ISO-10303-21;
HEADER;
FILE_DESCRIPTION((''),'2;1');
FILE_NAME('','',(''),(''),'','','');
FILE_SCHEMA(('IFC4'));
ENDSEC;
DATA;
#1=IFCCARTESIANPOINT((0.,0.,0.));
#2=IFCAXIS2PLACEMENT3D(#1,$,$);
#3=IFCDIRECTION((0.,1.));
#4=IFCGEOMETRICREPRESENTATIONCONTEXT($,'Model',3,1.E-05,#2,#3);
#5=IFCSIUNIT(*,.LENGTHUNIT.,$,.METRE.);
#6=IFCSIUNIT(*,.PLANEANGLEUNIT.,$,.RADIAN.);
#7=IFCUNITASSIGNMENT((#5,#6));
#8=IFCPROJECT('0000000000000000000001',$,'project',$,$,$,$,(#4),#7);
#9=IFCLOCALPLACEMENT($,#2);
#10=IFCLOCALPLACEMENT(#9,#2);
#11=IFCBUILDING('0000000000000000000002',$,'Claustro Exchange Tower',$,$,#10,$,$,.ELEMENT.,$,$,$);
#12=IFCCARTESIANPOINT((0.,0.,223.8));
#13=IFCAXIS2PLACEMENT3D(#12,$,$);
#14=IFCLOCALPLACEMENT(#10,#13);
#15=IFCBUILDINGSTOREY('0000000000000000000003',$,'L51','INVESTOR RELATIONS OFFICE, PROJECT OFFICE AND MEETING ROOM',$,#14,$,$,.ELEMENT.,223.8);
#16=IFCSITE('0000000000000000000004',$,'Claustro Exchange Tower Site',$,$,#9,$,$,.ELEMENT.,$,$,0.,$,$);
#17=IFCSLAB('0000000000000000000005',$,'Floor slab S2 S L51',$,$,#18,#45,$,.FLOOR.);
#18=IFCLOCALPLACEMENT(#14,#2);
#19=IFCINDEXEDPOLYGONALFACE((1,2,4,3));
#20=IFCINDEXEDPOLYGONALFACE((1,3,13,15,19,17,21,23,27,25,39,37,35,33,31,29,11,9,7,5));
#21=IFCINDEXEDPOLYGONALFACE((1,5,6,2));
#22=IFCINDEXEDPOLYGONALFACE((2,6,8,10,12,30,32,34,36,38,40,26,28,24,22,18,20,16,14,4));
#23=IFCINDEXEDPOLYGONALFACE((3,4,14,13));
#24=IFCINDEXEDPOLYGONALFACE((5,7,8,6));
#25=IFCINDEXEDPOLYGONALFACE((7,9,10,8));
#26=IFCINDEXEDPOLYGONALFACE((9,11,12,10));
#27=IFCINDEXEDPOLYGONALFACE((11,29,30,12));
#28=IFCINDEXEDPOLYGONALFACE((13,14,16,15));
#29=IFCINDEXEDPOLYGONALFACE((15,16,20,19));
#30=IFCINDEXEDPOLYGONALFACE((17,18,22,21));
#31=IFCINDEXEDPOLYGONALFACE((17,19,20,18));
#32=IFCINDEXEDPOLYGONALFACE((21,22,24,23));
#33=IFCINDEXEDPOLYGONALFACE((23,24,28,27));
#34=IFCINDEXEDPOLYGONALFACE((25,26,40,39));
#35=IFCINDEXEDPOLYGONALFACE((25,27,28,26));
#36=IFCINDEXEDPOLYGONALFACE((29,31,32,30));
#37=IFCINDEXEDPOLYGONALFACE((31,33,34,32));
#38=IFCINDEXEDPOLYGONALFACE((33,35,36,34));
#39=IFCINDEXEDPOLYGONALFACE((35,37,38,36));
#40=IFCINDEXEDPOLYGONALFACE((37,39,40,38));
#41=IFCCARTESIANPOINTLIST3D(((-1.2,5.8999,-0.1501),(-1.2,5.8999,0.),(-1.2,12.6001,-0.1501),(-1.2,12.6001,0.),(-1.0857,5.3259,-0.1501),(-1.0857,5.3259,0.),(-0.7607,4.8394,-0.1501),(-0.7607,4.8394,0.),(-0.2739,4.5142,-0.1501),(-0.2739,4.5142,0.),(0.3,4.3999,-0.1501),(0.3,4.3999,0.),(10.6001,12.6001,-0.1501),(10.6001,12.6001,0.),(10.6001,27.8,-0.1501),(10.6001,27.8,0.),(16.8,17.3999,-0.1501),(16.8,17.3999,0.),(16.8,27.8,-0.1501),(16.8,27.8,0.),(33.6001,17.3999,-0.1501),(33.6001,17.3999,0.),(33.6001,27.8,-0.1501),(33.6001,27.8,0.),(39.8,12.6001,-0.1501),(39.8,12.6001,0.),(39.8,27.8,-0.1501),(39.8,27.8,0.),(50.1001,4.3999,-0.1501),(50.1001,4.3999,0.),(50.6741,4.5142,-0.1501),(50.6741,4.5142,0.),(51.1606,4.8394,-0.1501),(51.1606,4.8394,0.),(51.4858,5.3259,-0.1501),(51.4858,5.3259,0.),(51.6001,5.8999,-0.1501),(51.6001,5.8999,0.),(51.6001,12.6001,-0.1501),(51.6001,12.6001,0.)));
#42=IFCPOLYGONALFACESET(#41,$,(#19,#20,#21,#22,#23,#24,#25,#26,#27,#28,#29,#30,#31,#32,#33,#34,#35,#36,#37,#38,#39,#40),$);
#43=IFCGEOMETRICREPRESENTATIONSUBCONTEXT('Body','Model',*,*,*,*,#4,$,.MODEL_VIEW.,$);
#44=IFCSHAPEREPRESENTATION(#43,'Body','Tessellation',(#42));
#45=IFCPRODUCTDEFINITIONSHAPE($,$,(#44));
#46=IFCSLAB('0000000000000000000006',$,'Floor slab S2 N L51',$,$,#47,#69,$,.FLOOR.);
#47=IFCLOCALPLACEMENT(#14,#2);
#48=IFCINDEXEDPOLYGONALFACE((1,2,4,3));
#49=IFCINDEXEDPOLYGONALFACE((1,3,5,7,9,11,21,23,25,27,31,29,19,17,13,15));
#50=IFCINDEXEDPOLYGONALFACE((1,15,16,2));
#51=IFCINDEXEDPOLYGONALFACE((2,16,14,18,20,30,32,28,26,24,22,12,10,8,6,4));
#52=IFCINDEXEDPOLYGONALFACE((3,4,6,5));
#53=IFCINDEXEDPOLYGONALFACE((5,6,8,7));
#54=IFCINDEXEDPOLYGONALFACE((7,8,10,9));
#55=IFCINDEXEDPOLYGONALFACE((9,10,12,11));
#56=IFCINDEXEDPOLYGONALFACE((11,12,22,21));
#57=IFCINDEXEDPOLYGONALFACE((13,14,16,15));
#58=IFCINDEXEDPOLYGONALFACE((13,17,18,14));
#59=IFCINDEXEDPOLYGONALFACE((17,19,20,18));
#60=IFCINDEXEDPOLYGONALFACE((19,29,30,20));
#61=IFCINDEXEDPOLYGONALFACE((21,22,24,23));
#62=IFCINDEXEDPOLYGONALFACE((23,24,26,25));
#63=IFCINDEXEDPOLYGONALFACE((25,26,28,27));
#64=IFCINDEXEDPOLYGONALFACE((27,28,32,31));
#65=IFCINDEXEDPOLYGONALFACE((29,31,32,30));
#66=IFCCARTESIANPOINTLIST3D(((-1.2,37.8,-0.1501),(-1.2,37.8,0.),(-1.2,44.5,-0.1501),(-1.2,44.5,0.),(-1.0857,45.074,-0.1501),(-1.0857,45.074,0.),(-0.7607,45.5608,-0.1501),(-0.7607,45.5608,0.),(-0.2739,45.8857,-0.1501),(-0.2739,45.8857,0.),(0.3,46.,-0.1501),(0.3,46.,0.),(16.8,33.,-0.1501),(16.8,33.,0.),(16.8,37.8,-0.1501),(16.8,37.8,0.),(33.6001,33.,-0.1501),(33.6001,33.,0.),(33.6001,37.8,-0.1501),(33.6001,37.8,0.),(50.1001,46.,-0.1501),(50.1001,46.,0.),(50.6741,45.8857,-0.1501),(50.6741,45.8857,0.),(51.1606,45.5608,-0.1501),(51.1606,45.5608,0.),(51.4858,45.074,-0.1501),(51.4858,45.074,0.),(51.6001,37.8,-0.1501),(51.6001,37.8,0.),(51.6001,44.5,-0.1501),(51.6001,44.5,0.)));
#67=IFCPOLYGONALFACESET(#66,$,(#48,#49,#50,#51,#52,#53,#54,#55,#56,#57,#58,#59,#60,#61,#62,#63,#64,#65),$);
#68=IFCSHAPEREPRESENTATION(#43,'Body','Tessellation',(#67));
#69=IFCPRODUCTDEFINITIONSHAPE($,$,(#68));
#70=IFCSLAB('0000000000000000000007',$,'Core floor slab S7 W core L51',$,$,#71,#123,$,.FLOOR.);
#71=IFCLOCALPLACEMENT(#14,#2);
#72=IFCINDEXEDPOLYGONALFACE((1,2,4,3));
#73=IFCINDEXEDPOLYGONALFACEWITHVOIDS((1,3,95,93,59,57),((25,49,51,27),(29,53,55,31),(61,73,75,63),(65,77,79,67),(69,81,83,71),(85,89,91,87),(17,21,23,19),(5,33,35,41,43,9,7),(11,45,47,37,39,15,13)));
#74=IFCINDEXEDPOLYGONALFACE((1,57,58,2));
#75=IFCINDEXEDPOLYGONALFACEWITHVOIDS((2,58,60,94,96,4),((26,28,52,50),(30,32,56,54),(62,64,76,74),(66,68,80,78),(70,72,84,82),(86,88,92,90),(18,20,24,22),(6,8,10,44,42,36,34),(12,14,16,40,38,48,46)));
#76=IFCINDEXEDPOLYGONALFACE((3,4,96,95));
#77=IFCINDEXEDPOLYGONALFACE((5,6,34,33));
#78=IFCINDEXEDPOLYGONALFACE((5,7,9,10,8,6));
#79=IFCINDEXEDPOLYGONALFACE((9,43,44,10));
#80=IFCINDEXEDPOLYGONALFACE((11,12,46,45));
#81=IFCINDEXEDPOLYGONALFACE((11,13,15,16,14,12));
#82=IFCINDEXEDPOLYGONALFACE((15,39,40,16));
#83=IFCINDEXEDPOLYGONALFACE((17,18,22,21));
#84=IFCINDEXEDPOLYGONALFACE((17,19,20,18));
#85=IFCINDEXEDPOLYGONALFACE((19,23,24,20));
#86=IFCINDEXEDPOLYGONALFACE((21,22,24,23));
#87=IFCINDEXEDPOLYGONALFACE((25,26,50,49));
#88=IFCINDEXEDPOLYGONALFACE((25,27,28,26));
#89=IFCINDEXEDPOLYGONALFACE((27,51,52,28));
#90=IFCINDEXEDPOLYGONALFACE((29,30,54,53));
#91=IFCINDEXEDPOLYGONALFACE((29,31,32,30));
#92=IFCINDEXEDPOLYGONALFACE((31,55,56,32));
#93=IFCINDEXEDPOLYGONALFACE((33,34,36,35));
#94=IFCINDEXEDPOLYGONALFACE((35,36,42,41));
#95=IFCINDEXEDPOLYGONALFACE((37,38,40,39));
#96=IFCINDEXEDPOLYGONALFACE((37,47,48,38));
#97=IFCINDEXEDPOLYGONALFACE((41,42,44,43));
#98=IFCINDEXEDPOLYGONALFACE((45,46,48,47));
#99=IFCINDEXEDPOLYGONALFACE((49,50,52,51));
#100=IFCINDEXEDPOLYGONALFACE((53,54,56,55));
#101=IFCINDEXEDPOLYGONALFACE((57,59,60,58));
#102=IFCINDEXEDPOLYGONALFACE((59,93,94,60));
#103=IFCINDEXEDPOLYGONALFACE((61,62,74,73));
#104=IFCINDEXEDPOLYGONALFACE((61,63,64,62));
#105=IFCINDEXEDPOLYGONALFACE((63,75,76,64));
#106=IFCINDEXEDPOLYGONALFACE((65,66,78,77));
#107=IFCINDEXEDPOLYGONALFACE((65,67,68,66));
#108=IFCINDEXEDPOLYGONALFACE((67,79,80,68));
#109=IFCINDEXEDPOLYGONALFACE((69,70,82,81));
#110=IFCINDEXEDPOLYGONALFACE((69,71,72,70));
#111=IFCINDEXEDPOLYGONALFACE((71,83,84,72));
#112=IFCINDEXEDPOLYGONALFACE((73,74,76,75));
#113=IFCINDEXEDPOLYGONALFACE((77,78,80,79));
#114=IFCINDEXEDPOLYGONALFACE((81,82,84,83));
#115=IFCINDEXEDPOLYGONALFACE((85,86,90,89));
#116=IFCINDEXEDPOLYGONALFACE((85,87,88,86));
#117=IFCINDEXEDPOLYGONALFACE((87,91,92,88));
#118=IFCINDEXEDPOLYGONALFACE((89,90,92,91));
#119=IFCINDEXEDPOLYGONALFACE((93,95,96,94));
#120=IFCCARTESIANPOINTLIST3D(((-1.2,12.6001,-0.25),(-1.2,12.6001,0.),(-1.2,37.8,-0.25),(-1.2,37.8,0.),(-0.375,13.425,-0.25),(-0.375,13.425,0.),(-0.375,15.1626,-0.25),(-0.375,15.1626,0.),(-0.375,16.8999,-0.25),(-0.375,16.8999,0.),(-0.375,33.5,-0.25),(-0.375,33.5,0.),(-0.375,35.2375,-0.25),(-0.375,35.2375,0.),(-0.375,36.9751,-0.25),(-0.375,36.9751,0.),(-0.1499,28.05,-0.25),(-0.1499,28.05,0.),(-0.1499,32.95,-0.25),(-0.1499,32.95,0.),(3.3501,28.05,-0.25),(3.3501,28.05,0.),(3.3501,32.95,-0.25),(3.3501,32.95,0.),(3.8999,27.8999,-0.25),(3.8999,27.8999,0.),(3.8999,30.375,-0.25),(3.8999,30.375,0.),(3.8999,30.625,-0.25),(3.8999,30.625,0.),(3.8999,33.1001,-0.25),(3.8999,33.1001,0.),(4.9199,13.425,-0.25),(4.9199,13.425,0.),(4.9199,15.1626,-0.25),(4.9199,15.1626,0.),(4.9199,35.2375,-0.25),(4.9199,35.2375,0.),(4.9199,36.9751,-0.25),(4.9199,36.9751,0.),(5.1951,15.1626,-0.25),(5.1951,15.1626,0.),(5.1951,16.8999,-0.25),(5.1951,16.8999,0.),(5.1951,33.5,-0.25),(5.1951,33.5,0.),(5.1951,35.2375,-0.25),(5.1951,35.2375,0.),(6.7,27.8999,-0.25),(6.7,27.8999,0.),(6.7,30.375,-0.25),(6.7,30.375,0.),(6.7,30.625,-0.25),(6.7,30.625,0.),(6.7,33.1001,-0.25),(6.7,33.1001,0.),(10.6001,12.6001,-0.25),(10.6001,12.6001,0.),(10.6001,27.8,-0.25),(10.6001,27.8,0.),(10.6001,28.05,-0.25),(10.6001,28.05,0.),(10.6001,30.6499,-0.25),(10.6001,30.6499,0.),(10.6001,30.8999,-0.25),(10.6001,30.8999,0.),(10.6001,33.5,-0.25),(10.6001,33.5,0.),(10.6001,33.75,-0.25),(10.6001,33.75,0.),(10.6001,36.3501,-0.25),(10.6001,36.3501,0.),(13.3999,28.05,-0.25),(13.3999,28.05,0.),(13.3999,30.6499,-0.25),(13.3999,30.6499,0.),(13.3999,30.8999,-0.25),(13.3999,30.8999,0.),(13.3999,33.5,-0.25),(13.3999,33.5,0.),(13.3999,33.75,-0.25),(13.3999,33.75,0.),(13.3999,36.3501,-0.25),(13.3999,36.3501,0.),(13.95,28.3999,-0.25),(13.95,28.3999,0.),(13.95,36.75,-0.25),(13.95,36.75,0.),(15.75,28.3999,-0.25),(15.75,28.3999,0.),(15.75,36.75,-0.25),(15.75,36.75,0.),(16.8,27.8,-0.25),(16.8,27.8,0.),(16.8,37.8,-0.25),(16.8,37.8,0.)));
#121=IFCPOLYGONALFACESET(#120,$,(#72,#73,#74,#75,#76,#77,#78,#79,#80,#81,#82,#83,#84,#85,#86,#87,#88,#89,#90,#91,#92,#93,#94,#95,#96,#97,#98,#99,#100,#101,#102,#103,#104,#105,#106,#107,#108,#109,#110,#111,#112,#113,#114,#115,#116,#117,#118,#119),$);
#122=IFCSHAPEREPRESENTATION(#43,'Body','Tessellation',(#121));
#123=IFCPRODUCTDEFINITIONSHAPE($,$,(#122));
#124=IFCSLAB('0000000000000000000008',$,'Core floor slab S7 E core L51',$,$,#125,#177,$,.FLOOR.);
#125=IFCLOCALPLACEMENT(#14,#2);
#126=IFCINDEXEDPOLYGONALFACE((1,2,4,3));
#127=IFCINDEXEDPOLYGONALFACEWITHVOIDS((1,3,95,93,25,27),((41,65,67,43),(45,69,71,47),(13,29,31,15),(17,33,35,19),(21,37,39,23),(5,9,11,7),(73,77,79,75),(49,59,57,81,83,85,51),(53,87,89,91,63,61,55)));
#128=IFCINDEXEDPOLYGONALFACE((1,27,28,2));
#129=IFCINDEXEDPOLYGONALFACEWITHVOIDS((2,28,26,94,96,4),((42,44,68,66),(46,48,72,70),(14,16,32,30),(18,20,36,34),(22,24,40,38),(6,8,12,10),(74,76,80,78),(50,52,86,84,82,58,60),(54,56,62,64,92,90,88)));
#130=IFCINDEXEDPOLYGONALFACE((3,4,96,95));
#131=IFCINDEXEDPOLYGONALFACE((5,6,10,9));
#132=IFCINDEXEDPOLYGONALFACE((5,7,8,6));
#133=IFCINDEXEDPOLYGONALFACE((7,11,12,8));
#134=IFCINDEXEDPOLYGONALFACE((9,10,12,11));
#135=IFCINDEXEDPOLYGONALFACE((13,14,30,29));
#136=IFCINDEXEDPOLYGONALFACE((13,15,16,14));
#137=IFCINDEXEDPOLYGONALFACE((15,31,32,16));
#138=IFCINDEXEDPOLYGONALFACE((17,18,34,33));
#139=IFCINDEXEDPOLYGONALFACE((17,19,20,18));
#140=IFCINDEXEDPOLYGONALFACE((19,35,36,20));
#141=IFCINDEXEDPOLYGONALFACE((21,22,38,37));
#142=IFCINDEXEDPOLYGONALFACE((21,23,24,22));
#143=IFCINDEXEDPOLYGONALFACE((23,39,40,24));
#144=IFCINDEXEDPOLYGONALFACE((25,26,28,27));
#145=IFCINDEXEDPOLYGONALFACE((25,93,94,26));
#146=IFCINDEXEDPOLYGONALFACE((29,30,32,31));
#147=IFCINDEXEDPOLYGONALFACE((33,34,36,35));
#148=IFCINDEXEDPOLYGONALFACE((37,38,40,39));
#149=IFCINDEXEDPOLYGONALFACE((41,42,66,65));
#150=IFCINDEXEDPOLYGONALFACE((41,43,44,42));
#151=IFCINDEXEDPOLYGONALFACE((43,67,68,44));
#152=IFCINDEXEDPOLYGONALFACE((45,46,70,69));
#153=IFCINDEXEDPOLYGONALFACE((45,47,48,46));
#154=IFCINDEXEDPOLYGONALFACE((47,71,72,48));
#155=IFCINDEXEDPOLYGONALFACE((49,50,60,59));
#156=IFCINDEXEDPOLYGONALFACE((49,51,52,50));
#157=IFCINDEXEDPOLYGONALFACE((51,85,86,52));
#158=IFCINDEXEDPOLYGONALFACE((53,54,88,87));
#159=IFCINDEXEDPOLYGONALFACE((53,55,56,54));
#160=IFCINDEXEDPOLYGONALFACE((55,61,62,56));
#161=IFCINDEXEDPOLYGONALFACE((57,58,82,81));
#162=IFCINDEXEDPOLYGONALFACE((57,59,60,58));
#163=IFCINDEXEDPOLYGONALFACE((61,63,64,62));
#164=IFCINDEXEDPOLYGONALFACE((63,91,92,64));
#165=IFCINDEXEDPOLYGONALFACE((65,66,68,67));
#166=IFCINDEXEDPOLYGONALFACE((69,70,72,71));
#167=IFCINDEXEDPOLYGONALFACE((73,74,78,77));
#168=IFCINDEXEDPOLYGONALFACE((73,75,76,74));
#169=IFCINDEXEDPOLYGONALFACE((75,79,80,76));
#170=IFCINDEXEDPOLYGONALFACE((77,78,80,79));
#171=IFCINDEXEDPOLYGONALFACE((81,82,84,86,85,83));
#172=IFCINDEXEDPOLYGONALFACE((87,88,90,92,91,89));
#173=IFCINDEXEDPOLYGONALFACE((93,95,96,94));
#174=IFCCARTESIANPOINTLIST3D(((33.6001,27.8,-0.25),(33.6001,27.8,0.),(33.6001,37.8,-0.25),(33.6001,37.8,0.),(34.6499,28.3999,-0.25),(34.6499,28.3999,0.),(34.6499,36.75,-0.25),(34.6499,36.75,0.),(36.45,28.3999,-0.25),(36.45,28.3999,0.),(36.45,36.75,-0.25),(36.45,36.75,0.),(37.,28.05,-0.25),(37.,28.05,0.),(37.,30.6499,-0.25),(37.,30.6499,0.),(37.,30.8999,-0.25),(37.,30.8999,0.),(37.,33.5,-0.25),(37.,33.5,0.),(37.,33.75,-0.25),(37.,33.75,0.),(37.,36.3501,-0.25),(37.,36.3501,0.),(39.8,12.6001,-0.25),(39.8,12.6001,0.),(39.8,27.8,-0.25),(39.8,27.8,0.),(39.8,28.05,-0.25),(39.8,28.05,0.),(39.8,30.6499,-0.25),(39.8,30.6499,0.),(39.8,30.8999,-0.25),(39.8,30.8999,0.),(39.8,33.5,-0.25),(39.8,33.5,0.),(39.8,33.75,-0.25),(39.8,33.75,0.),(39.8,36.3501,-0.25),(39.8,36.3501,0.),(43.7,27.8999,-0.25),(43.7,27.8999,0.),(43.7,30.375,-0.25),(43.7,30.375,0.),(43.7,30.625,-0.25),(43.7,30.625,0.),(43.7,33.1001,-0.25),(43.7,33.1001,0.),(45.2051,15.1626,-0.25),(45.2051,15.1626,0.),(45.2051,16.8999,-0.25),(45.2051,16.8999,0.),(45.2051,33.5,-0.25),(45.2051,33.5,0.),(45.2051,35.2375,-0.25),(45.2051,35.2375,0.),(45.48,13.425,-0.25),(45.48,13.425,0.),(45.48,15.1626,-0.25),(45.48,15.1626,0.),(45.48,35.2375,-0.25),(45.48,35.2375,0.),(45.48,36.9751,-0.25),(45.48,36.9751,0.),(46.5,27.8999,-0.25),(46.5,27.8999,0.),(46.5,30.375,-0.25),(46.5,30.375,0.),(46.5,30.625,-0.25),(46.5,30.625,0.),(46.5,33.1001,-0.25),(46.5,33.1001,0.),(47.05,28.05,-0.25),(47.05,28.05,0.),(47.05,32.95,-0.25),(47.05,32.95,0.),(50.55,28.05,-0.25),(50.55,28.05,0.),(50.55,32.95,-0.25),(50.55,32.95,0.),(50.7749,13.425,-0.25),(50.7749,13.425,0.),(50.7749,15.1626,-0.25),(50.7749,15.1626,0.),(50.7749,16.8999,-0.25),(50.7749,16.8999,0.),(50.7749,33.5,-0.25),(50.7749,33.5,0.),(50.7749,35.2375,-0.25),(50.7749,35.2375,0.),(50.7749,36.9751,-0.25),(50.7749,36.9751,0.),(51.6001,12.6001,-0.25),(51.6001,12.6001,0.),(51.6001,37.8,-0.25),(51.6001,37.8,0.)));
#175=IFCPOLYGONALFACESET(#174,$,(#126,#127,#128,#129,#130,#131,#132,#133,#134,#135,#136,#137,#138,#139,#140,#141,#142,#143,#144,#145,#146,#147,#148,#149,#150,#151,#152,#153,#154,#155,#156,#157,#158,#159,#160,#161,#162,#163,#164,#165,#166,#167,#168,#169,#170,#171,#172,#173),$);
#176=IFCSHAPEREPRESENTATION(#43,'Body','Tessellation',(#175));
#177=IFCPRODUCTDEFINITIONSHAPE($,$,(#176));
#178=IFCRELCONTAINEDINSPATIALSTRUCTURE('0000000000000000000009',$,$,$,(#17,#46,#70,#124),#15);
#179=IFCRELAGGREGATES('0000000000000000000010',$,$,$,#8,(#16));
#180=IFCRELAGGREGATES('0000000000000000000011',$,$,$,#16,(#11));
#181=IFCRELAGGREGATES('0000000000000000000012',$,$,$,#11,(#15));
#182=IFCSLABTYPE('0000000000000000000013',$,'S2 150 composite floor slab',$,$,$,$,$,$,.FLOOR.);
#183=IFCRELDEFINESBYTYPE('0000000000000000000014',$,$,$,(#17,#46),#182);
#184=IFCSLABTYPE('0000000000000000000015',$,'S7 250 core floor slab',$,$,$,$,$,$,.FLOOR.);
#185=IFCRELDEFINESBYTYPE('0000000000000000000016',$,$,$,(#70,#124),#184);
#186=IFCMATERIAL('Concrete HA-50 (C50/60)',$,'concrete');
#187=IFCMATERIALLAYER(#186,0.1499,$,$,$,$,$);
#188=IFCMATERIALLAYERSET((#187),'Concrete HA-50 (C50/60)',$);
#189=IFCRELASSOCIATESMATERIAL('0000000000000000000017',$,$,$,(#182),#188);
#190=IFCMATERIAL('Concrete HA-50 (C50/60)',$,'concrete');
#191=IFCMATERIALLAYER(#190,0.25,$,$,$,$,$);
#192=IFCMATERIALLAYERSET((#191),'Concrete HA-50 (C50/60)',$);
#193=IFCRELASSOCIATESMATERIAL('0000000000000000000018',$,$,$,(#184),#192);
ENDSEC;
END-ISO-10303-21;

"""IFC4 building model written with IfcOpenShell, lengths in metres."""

from ifc_helpers import new_model, si_unit, direction, frame, origin, place, context, subcontext, project, spatial, polyline, outline, extrude, material, layer, layer_set, type_object, element, save


model = new_model("IFC4")

# Units and contexts
model_context = context("Model", 3, precision=1e-05, world=origin(), true_north=direction((0.0, 1.0)))
body_context = subcontext(model_context, "Body", "Model", "MODEL_VIEW")
ifc_project = project(units=[si_unit("LENGTHUNIT", "METRE"), si_unit("PLANEANGLEUNIT", "RADIAN")], contexts=[model_context])

# Site, building, storey
site_placement = place(None, origin())
site = spatial("IfcSite", under=ifc_project, at=site_placement, Name="Claustro Exchange Tower Site", CompositionType="ELEMENT", RefElevation=0.0)
building_placement = place(site_placement, origin())
building = spatial("IfcBuilding", under=site, at=building_placement, Name="Claustro Exchange Tower", CompositionType="ELEMENT")
storey_placement = place(building_placement, frame((0.0, 0.0, 223.8)))
storey = spatial("IfcBuildingStorey", under=building, at=storey_placement, Name="L51", Description="INVESTOR RELATIONS OFFICE, PROJECT OFFICE AND MEETING ROOM", CompositionType="ELEMENT", Elevation=223.8)

# Slabs
ifc_material_1 = material(Name="Concrete HA-50 (C50/60)", Category="concrete")
ifc_layer_1 = layer(ifc_material_1, 0.1499)
ifc_layer_set_1 = layer_set([ifc_layer_1], Name="Concrete HA-50 (C50/60)")
slab_type_1 = type_object("IfcSlabType", Name="S2 150 composite floor slab", PredefinedType="FLOOR", material=ifc_layer_set_1)
slab_1_placement = place(storey_placement, frame((0.0, 0.0, -0.1501)))
element("IfcSlab", 1, at=slab_1_placement, inside=storey, type_object=slab_type_1, Name="Floor slab S2 S L51", PredefinedType="FLOOR", context=body_context, shape_type="SweptSolid", body=[
    extrude(outline(polyline([(-0.2739, 4.5142), (0.3, 4.3999), (50.1001, 4.3999), (50.6741, 4.5142), (51.1606, 4.8394), (51.4858, 5.3259), (51.6001, 5.8999), (51.6001, 12.6001), (39.8, 12.6001), (39.8, 27.8), (33.6001, 27.8), (33.6001, 17.3999), (16.8, 17.3999), (16.8, 27.8), (10.6001, 27.8), (10.6001, 12.6001), (-1.2, 12.6001), (-1.2, 5.8999), (-1.0857, 5.3259), (-0.7607, 4.8394), (-0.2739, 4.5142)])), origin(), (0.0, 0.0, 1.0), 0.1501),
])
slab_2_placement = place(storey_placement, frame((0.0, 0.0, -0.1501)))
element("IfcSlab", 2, at=slab_2_placement, inside=storey, type_object=slab_type_1, Name="Floor slab S2 N L51", PredefinedType="FLOOR", context=body_context, shape_type="SweptSolid", body=[
    extrude(outline(polyline([(16.8, 37.8), (16.8, 33.0), (33.6001, 33.0), (33.6001, 37.8), (51.6001, 37.8), (51.6001, 44.5), (51.4858, 45.074), (51.1606, 45.5608), (50.6741, 45.8857), (50.1001, 46.0), (0.3, 46.0), (-0.2739, 45.8857), (-0.7607, 45.5608), (-1.0857, 45.074), (-1.2, 44.5), (-1.2, 37.8), (16.8, 37.8)])), origin(), (0.0, 0.0, 1.0), 0.1501),
])
ifc_material_2 = material(Name="Concrete HA-50 (C50/60)", Category="concrete")
ifc_layer_2 = layer(ifc_material_2, 0.25)
ifc_layer_set_2 = layer_set([ifc_layer_2], Name="Concrete HA-50 (C50/60)")
slab_type_2 = type_object("IfcSlabType", Name="S7 250 core floor slab", PredefinedType="FLOOR", material=ifc_layer_set_2)
slab_3_placement = place(storey_placement, frame((0.0, 0.0, -0.25)))
element("IfcSlab", 3, at=slab_3_placement, inside=storey, type_object=slab_type_2, Name="Core floor slab S7 W core L51", PredefinedType="FLOOR", context=body_context, shape_type="SweptSolid", body=[
    extrude(outline(polyline([(-1.2, 37.8), (-1.2, 12.6001), (10.6001, 12.6001), (10.6001, 27.8), (16.8, 27.8), (16.8, 37.8), (-1.2, 37.8)]), holes=[polyline([(13.95, 36.75), (15.75, 36.75), (15.75, 28.3999), (13.95, 28.3999), (13.95, 36.75)]), polyline([(10.6001, 30.6499), (13.3999, 30.6499), (13.3999, 28.05), (10.6001, 28.05), (10.6001, 30.6499)]), polyline([(10.6001, 33.5), (13.3999, 33.5), (13.3999, 30.8999), (10.6001, 30.8999), (10.6001, 33.5)]), polyline([(13.3999, 36.3501), (13.3999, 33.75), (10.6001, 33.75), (10.6001, 36.3501), (13.3999, 36.3501)]), polyline([(3.8999, 30.375), (6.7, 30.375), (6.7, 27.8999), (3.8999, 27.8999), (3.8999, 30.375)]), polyline([(3.8999, 33.1001), (6.7, 33.1001), (6.7, 30.625), (3.8999, 30.625), (3.8999, 33.1001)]), polyline([(-0.375, 15.1626), (-0.375, 16.8999), (5.1951, 16.8999), (5.1951, 15.1626), (4.9199, 15.1626), (4.9199, 13.425), (-0.375, 13.425), (-0.375, 15.1626)]), polyline([(-0.375, 35.2375), (-0.375, 36.9751), (4.9199, 36.9751), (4.9199, 35.2375), (5.1951, 35.2375), (5.1951, 33.5), (-0.375, 33.5), (-0.375, 35.2375)]), polyline([(-0.1499, 32.95), (3.3501, 32.95), (3.3501, 28.05), (-0.1499, 28.05), (-0.1499, 32.95)])]), origin(), (0.0, 0.0, 1.0), 0.25),
])
slab_4_placement = place(storey_placement, frame((0.0, 0.0, -0.25)))
element("IfcSlab", 4, at=slab_4_placement, inside=storey, type_object=slab_type_2, Name="Core floor slab S7 E core L51", PredefinedType="FLOOR", context=body_context, shape_type="SweptSolid", body=[
    extrude(outline(polyline([(51.6001, 37.8), (33.6001, 37.8), (33.6001, 27.8), (39.8, 27.8), (39.8, 12.6001), (51.6001, 12.6001), (51.6001, 37.8)]), holes=[polyline([(45.48, 15.1626), (45.2051, 15.1626), (45.2051, 16.8999), (50.7749, 16.8999), (50.7749, 15.1626), (50.7749, 13.425), (45.48, 13.425), (45.48, 15.1626)]), polyline([(45.48, 35.2375), (45.48, 36.9751), (50.7749, 36.9751), (50.7749, 35.2375), (50.7749, 33.5), (45.2051, 33.5), (45.2051, 35.2375), (45.48, 35.2375)]), polyline([(47.05, 32.95), (50.55, 32.95), (50.55, 28.05), (47.05, 28.05), (47.05, 32.95)]), polyline([(43.7, 30.375), (46.5, 30.375), (46.5, 27.8999), (43.7, 27.8999), (43.7, 30.375)]), polyline([(43.7, 33.1001), (46.5, 33.1001), (46.5, 30.625), (43.7, 30.625), (43.7, 33.1001)]), polyline([(37.0, 30.6499), (39.8, 30.6499), (39.8, 28.05), (37.0, 28.05), (37.0, 30.6499)]), polyline([(37.0, 33.5), (39.8, 33.5), (39.8, 30.8999), (37.0, 30.8999), (37.0, 33.5)]), polyline([(39.8, 36.3501), (39.8, 33.75), (37.0, 33.75), (37.0, 36.3501), (39.8, 36.3501)]), polyline([(34.6499, 36.75), (36.45, 36.75), (36.45, 28.3999), (34.6499, 28.3999), (34.6499, 36.75)])]), origin(), (0.0, 0.0, 1.0), 0.25),
])

save(model, "model.ifc")
